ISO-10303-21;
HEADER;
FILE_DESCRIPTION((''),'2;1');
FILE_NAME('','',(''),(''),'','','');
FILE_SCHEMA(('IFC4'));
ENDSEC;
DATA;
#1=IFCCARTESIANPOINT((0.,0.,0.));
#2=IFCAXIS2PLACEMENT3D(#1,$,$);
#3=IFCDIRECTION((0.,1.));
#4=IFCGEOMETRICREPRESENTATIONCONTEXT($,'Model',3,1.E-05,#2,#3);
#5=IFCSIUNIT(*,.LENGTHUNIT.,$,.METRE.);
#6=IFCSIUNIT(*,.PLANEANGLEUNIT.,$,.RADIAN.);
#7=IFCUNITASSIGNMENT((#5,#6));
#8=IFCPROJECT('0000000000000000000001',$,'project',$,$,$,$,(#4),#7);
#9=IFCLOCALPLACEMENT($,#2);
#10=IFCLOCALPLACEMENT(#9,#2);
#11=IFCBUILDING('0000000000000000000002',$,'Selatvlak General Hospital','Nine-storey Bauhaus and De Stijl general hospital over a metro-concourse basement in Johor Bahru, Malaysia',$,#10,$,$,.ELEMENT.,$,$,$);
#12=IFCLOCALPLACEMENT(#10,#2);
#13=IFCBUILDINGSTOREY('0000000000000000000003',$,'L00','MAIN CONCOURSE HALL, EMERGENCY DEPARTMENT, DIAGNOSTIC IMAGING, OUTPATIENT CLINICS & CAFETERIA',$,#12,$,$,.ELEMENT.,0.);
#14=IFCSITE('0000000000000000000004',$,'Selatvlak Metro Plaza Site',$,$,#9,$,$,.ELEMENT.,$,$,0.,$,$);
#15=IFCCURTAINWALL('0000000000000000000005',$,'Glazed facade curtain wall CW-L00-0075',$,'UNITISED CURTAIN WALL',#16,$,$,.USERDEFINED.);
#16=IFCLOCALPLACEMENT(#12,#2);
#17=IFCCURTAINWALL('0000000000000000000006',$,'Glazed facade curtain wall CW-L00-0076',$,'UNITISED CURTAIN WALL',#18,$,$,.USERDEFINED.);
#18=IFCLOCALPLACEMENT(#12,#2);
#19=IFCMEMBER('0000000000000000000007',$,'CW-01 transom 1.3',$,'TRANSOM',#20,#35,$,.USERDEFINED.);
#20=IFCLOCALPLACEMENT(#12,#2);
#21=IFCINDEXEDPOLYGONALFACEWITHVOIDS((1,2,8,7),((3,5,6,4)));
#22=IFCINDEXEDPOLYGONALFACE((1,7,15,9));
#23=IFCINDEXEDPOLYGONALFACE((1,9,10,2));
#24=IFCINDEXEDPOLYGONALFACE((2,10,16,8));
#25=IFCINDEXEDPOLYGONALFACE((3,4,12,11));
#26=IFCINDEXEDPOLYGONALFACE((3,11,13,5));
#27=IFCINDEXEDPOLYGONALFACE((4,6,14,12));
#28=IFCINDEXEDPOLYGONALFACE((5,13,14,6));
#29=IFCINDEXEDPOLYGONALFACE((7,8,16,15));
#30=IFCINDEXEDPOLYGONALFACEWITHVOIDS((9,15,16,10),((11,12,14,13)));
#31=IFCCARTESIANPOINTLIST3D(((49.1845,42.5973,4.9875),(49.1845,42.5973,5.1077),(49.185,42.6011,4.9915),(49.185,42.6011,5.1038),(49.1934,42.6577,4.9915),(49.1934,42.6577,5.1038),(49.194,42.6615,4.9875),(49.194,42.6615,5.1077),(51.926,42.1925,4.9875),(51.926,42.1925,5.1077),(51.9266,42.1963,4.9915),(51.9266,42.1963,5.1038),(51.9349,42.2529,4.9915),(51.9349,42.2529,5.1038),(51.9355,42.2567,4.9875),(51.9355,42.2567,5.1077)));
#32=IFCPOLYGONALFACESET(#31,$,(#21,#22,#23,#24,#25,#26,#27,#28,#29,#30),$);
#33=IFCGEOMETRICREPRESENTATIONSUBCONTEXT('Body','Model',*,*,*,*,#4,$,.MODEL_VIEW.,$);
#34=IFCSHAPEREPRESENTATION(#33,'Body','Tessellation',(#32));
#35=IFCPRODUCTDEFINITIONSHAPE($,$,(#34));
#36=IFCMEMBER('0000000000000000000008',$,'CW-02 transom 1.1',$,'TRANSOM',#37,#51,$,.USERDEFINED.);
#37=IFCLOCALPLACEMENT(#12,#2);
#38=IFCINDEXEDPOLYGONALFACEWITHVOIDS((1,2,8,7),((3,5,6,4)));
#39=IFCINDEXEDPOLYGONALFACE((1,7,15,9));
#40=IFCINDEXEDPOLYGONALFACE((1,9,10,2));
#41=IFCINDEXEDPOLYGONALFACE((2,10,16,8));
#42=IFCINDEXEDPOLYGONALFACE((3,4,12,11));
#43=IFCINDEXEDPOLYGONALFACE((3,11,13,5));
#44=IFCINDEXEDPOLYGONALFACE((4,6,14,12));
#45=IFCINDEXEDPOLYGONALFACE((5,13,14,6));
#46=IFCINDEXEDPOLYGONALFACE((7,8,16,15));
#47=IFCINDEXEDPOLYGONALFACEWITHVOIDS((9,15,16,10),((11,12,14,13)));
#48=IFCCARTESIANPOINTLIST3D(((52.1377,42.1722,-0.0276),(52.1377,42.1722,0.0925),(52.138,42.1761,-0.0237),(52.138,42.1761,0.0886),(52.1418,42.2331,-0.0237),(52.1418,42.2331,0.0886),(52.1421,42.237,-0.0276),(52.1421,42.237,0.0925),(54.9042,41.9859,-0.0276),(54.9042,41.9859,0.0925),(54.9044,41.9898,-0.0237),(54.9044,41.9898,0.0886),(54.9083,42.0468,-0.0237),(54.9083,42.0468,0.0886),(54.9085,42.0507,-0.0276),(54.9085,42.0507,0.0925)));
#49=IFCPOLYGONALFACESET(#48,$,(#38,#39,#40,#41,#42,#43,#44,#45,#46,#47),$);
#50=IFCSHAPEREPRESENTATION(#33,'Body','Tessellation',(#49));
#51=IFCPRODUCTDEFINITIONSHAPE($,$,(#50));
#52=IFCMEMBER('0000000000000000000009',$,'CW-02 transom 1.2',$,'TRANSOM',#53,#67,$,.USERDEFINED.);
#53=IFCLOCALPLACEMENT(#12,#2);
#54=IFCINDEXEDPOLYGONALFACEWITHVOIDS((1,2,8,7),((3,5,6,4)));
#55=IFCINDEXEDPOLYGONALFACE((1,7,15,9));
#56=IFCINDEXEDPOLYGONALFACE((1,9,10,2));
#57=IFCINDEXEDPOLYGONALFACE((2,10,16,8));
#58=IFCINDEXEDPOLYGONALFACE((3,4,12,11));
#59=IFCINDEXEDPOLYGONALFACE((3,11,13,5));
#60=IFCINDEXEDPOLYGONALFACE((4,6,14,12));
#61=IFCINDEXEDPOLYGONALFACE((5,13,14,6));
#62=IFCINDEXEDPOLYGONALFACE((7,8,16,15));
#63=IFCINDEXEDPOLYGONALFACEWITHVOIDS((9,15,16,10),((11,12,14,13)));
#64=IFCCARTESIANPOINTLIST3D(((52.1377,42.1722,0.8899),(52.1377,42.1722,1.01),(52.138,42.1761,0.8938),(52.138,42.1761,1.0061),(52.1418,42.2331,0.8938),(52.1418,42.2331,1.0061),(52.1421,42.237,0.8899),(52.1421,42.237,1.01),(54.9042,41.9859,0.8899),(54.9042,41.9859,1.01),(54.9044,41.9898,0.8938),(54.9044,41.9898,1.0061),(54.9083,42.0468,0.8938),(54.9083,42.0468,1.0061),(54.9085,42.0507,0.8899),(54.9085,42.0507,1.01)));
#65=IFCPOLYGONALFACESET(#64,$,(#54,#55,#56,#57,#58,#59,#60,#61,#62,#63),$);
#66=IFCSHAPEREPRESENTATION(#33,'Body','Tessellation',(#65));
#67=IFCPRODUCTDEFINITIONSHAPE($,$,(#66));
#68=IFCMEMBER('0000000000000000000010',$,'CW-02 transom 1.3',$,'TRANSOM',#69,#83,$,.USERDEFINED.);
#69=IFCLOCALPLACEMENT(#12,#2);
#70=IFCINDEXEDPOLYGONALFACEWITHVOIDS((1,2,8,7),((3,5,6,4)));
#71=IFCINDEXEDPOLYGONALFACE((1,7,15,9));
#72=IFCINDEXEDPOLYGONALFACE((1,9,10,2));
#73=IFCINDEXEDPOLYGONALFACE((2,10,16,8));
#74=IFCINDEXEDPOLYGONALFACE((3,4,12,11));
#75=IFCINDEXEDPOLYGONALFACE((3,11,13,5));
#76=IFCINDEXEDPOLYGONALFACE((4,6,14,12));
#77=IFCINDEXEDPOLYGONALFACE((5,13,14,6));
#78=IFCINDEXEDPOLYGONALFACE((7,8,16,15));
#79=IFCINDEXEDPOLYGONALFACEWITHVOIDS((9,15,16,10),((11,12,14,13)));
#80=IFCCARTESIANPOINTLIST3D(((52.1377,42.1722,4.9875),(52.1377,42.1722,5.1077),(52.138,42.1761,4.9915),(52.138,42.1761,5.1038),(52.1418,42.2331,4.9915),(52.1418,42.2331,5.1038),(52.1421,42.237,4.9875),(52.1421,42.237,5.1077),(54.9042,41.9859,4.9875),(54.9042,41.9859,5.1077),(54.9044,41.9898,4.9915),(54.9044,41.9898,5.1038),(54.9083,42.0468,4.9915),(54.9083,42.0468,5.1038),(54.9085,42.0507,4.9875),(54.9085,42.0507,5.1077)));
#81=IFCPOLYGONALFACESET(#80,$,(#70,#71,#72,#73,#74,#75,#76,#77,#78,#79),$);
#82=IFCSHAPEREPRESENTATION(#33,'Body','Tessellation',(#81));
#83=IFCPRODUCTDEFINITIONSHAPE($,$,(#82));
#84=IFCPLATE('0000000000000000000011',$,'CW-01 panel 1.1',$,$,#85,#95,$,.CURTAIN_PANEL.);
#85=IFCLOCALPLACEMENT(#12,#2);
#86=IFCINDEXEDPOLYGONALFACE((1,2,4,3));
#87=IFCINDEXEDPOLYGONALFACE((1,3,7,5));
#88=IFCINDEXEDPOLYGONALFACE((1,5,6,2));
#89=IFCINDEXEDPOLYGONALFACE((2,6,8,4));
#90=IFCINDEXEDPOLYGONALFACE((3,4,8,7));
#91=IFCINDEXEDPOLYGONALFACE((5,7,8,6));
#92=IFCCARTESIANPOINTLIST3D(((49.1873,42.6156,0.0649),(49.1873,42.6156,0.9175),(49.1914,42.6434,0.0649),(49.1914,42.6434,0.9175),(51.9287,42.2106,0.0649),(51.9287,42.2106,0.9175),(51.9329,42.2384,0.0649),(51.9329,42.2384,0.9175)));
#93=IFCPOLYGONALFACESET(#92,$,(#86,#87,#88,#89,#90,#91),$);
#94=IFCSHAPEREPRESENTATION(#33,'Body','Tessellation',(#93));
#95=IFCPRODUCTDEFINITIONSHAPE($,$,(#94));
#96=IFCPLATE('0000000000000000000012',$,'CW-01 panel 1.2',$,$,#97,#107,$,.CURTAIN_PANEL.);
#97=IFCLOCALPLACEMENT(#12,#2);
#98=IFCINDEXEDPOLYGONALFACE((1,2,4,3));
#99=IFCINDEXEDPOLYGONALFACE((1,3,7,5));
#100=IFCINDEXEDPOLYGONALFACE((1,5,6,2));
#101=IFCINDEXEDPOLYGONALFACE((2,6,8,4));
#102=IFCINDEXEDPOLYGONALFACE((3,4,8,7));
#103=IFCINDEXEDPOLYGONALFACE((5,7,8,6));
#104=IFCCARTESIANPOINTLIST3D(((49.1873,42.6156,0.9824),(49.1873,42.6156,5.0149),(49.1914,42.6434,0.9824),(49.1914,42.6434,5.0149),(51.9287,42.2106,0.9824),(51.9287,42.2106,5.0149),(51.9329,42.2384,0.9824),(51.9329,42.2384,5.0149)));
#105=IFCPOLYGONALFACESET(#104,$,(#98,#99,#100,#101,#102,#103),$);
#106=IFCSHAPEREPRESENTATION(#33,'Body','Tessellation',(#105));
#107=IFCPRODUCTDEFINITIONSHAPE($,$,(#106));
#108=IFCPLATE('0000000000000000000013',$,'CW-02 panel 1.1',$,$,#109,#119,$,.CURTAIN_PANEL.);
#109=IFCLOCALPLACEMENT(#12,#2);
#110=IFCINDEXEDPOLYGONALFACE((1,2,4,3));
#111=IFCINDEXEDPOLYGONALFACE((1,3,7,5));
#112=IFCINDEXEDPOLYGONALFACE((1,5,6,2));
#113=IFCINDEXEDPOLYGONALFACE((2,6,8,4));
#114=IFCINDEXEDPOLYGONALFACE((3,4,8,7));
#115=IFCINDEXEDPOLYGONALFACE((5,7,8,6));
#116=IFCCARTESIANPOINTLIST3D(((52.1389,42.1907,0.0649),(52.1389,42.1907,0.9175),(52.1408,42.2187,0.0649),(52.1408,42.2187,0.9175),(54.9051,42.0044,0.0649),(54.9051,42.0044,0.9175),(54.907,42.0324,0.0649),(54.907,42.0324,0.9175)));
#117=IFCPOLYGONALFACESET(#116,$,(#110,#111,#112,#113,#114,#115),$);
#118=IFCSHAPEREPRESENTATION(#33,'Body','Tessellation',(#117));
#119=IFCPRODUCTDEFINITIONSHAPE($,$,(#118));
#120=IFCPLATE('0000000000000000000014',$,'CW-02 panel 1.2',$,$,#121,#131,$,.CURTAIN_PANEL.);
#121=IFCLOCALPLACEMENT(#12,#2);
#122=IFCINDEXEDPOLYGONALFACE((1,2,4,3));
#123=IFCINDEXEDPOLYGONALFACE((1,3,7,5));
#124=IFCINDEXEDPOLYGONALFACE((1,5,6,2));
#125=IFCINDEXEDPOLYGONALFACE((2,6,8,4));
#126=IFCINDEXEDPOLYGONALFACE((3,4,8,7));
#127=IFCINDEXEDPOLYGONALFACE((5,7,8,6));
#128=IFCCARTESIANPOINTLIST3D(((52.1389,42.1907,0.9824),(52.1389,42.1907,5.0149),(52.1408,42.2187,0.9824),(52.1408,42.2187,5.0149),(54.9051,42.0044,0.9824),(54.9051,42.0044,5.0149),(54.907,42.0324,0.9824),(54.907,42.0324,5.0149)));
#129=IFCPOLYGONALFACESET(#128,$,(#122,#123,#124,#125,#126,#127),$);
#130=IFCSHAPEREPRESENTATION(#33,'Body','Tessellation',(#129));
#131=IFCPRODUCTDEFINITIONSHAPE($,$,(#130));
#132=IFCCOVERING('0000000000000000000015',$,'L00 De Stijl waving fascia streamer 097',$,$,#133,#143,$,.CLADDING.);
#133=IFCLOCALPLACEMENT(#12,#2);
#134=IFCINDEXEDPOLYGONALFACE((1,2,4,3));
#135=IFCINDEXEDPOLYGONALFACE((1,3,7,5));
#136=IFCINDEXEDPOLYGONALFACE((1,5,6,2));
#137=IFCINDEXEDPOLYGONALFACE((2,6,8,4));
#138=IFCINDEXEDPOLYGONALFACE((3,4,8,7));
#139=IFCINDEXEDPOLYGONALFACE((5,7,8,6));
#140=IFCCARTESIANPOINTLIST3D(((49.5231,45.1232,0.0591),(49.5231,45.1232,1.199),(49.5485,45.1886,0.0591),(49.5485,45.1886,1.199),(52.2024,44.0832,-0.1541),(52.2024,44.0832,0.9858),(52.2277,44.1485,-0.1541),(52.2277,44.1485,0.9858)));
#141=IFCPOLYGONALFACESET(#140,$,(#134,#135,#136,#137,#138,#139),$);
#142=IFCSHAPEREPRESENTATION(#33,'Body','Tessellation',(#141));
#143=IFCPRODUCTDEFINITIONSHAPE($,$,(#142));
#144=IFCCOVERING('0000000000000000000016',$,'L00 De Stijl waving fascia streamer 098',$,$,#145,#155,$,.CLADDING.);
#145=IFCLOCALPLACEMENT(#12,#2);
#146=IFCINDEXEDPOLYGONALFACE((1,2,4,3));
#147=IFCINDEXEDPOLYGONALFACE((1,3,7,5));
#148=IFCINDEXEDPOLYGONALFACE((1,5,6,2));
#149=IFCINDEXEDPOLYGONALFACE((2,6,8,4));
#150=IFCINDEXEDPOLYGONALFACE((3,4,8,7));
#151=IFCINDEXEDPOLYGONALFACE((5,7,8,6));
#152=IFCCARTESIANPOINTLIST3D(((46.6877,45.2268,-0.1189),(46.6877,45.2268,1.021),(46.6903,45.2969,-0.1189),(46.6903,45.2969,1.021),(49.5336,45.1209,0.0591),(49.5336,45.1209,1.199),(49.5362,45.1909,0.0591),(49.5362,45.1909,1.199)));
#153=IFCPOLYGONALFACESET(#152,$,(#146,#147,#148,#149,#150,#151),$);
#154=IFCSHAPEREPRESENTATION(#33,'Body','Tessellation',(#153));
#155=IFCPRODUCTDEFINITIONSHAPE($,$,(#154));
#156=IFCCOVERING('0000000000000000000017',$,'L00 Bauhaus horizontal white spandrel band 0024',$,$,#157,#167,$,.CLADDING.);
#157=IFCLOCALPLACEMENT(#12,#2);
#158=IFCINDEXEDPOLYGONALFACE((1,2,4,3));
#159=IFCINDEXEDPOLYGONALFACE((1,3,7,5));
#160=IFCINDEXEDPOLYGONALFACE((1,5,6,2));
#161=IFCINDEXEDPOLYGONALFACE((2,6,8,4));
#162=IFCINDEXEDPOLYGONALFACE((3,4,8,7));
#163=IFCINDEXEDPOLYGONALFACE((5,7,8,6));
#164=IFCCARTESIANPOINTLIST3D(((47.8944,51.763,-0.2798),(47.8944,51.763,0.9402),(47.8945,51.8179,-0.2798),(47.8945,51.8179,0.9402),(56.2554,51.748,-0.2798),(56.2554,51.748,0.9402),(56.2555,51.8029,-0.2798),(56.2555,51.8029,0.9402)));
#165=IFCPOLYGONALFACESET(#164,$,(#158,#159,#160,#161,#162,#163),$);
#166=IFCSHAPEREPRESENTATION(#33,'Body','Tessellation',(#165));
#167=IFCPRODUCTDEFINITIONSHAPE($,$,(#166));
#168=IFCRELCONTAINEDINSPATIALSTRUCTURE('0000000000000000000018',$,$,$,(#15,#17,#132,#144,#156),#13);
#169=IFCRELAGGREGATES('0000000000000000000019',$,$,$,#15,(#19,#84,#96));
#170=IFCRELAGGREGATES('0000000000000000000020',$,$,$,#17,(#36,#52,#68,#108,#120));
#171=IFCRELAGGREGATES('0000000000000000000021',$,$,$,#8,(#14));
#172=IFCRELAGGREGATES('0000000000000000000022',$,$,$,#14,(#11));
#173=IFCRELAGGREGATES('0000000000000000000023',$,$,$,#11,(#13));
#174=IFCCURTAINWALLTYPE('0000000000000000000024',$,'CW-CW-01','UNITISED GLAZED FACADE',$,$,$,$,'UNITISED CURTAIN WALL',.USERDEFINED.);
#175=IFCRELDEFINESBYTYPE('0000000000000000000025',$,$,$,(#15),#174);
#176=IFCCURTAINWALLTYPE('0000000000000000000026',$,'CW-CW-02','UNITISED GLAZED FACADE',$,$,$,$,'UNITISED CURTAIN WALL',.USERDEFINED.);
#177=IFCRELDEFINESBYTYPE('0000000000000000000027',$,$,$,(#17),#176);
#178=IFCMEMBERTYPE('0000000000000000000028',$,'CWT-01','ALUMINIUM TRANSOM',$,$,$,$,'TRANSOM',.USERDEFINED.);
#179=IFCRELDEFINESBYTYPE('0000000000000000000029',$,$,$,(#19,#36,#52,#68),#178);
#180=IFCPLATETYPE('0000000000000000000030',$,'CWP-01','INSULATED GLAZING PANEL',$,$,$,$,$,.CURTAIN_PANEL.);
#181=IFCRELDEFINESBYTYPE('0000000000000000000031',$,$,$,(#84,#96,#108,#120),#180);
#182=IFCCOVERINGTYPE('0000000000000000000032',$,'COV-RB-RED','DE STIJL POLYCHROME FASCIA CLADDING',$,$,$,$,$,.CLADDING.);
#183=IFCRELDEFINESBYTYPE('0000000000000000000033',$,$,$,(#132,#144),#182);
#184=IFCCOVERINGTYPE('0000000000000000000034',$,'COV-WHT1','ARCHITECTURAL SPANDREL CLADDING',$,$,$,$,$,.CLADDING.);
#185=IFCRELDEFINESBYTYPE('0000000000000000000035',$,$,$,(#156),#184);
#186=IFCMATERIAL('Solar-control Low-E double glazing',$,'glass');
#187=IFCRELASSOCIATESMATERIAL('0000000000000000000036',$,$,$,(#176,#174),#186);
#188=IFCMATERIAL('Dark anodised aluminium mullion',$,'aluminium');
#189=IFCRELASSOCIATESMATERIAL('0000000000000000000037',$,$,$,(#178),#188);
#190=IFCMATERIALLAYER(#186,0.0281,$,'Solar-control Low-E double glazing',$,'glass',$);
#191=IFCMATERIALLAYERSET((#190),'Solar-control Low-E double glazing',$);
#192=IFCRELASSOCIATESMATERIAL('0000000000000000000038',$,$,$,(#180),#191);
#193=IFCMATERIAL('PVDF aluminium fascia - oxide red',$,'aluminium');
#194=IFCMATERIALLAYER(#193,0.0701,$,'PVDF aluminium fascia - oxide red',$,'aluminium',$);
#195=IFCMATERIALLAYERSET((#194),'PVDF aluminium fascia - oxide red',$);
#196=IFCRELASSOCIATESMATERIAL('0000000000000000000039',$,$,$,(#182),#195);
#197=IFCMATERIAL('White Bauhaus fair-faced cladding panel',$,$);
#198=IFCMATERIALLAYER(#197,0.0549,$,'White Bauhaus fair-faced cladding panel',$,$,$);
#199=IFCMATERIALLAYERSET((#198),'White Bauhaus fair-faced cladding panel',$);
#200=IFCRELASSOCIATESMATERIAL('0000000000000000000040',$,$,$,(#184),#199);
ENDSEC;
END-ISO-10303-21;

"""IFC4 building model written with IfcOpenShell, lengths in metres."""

from ifc_helpers import new_model, si_unit, direction, frame, origin, origin_2d, place, context, subcontext, project, spatial, polyline, rectangle, hollow_rectangle, outline, extrude, material, layer, layer_set, material_profile, profile_set, type_object, element, aggregate, save


model = new_model("IFC4")

# Units and contexts
model_context = context("Model", 3, precision=1e-05, world=origin(), true_north=direction((0.0, 1.0)))
body_context = subcontext(model_context, "Body", "Model", "MODEL_VIEW")
ifc_project = project(units=[si_unit("LENGTHUNIT", "METRE"), si_unit("PLANEANGLEUNIT", "RADIAN")], contexts=[model_context])

# Site, building, storey
site_placement = place(None, origin())
site = spatial("IfcSite", under=ifc_project, at=site_placement, Name="Selatvlak Metro Plaza Site", CompositionType="ELEMENT", RefElevation=0.0)
building_placement = place(site_placement, origin())
building = spatial("IfcBuilding", under=site, at=building_placement, Name="Selatvlak General Hospital", Description="Nine-storey Bauhaus and De Stijl general hospital over a metro-concourse basement in Johor Bahru, Malaysia", CompositionType="ELEMENT")
storey_placement = place(building_placement, origin())
storey = spatial("IfcBuildingStorey", under=building, at=storey_placement, Name="L00", Description="MAIN CONCOURSE HALL, EMERGENCY DEPARTMENT, DIAGNOSTIC IMAGING, OUTPATIENT CLINICS & CAFETERIA", CompositionType="ELEMENT", Elevation=0.0)

# Shared definitions
ifc_material_1 = material(Name="Solar-control Low-E double glazing", Category="glass")
curtain_wall_type_1 = type_object("IfcCurtainWallType", Name="CW-CW-02", Description="UNITISED GLAZED FACADE", ElementType="UNITISED CURTAIN WALL", PredefinedType="USERDEFINED", material=ifc_material_1)
ifc_material_2 = material(Name="Dark anodised aluminium mullion", Category="aluminium")

# Curtain wall
curtain_wall_type_2 = type_object("IfcCurtainWallType", Name="CW-CW-01", Description="UNITISED GLAZED FACADE", ElementType="UNITISED CURTAIN WALL", PredefinedType="USERDEFINED", material=ifc_material_1)
curtain_wall_1_placement = place(storey_placement, origin())
curtain_wall_1 = element("IfcCurtainWall", 1, at=curtain_wall_1_placement, inside=storey, type_object=curtain_wall_type_2, Name="Glazed facade curtain wall CW-L00-0075", ObjectType="UNITISED CURTAIN WALL", PredefinedType="USERDEFINED")

# Curtain wall
curtain_wall_2_placement = place(storey_placement, origin())
curtain_wall_2 = element("IfcCurtainWall", 2, at=curtain_wall_2_placement, inside=storey, type_object=curtain_wall_type_1, Name="Glazed facade curtain wall CW-L00-0076", ObjectType="UNITISED CURTAIN WALL", PredefinedType="USERDEFINED")

# Members
ifc_material_profile_1 = material_profile(ifc_material_2, hollow_rectangle(XDim=0.0649, YDim=0.1201, WallThickness=0.0039, at=origin_2d()), Name="AL-TRN 65x120x4")
ifc_profile_set_1 = profile_set([ifc_material_profile_1], Name="Dark anodised aluminium mullion")
member_type_1 = type_object("IfcMemberType", Name="CWT-01", Description="ALUMINIUM TRANSOM", ElementType="TRANSOM", PredefinedType="USERDEFINED", material=ifc_profile_set_1)
member_1_placement = place(storey_placement, frame((49.1892, 42.6294, 5.0476), z_axis=(0.989274, -0.14607, 0.0), x_axis=(0.14607, 0.989274, 0.0)))
member_1 = element("IfcMember", 3, at=member_1_placement, type_object=member_type_1, Name="CW-01 transom 1.3", ObjectType="TRANSOM", PredefinedType="USERDEFINED", context=body_context, shape_type="SweptSolid", body=[
    extrude(hollow_rectangle(XDim=0.0649, YDim=0.1201, WallThickness=0.0039, at=origin_2d()), origin(), (0.0, 0.0, 1.0), 2.7712),
])
member_2_placement = place(storey_placement, frame((52.1399, 42.2046, 0.0325), z_axis=(0.997741, -0.067185, 0.0), x_axis=(0.067185, 0.997741, 0.0)))
member_2 = element("IfcMember", 4, at=member_2_placement, type_object=member_type_1, Name="CW-02 transom 1.1", ObjectType="TRANSOM", PredefinedType="USERDEFINED", context=body_context, shape_type="SweptSolid", body=[
    extrude(hollow_rectangle(XDim=0.0649, YDim=0.1201, WallThickness=0.0039, at=origin_2d()), origin(), (0.0, 0.0, 1.0), 2.7727),
])
member_3_placement = place(storey_placement, frame((52.1399, 42.2046, 0.95), z_axis=(0.997741, -0.067185, 0.0), x_axis=(0.067185, 0.997741, 0.0)))
member_3 = element("IfcMember", 5, at=member_3_placement, type_object=member_type_1, Name="CW-02 transom 1.2", ObjectType="TRANSOM", PredefinedType="USERDEFINED", context=body_context, shape_type="SweptSolid", body=[
    extrude(hollow_rectangle(XDim=0.0649, YDim=0.1201, WallThickness=0.0039, at=origin_2d()), origin(), (0.0, 0.0, 1.0), 2.7727),
])
member_4_placement = place(storey_placement, frame((52.1399, 42.2046, 5.0476), z_axis=(0.997741, -0.067185, 0.0), x_axis=(0.067185, 0.997741, 0.0)))
member_4 = element("IfcMember", 6, at=member_4_placement, type_object=member_type_1, Name="CW-02 transom 1.3", ObjectType="TRANSOM", PredefinedType="USERDEFINED", context=body_context, shape_type="SweptSolid", body=[
    extrude(hollow_rectangle(XDim=0.0649, YDim=0.1201, WallThickness=0.0039, at=origin_2d()), origin(), (0.0, 0.0, 1.0), 2.7727),
])

# Plates
ifc_layer_1 = layer(ifc_material_1, 0.0281, Name="Solar-control Low-E double glazing", Category="glass")
ifc_layer_set_1 = layer_set([ifc_layer_1], Name="Solar-control Low-E double glazing")
plate_type = type_object("IfcPlateType", Name="CWP-01", Description="INSULATED GLAZING PANEL", PredefinedType="CURTAIN_PANEL", material=ifc_layer_set_1)
plate_1_placement = place(storey_placement, frame((50.5601, 42.427, 0.0649), z_axis=(0.0, 0.0, 1.0), x_axis=(0.989263, -0.146149, 0.0)))
plate_1 = element("IfcPlate", 7, at=plate_1_placement, type_object=plate_type, Name="CW-01 panel 1.1", PredefinedType="CURTAIN_PANEL", context=body_context, shape_type="SweptSolid", body=[
    extrude(rectangle(XDim=2.7712, YDim=0.0281, at=origin_2d()), origin(), (0.0, 0.0, 1.0), 0.8525),
])
plate_2_placement = place(storey_placement, frame((50.5601, 42.427, 0.9824), z_axis=(0.0, 0.0, 1.0), x_axis=(0.989263, -0.146149, 0.0)))
plate_2 = element("IfcPlate", 8, at=plate_2_placement, type_object=plate_type, Name="CW-01 panel 1.2", PredefinedType="CURTAIN_PANEL", context=body_context, shape_type="SweptSolid", body=[
    extrude(rectangle(XDim=2.7712, YDim=0.0281, at=origin_2d()), origin(), (0.0, 0.0, 1.0), 4.0325),
])
aggregate(curtain_wall_1, [member_1, plate_1, plate_2])
plate_3_placement = place(storey_placement, frame((53.5229, 42.1116, 0.0649), z_axis=(0.0, 0.0, 1.0), x_axis=(0.997741, -0.067182, 0.0)))
plate_3 = element("IfcPlate", 9, at=plate_3_placement, type_object=plate_type, Name="CW-02 panel 1.1", PredefinedType="CURTAIN_PANEL", context=body_context, shape_type="SweptSolid", body=[
    extrude(rectangle(XDim=2.7725, YDim=0.0281, at=origin_2d()), origin(), (0.0, 0.0, 1.0), 0.8525),
])
plate_4_placement = place(storey_placement, frame((53.5229, 42.1116, 0.9824), z_axis=(0.0, 0.0, 1.0), x_axis=(0.997741, -0.067182, 0.0)))
plate_4 = element("IfcPlate", 10, at=plate_4_placement, type_object=plate_type, Name="CW-02 panel 1.2", PredefinedType="CURTAIN_PANEL", context=body_context, shape_type="SweptSolid", body=[
    extrude(rectangle(XDim=2.7725, YDim=0.0281, at=origin_2d()), origin(), (0.0, 0.0, 1.0), 4.0325),
])
aggregate(curtain_wall_2, [member_2, member_3, member_4, plate_3, plate_4])

# Coverings
ifc_material_3 = material(Name="PVDF aluminium fascia - oxide red", Category="aluminium")
ifc_layer_2 = layer(ifc_material_3, 0.0701, Name="PVDF aluminium fascia - oxide red", Category="aluminium")
ifc_layer_set_2 = layer_set([ifc_layer_2], Name="PVDF aluminium fascia - oxide red")
covering_type_1 = type_object("IfcCoveringType", Name="COV-RB-RED", Description="DE STIJL POLYCHROME FASCIA CLADDING", PredefinedType="CLADDING", material=ifc_layer_set_2)
covering_1_placement = place(storey_placement, frame((52.2151, 44.116, -0.1541), z_axis=(0.0, 0.0, 1.0), x_axis=(-0.932225, 0.36188, 0.0)))
element("IfcCovering", 11, at=covering_1_placement, inside=storey, type_object=covering_type_1, Name="L00 De Stijl waving fascia streamer 097", PredefinedType="CLADDING", context=body_context, shape_type="SweptSolid", body=[
    extrude(outline(polyline([(0.0, 0.0), (2.874, 0.2131), (2.874, 1.353), (0.0, 1.1399), (0.0, 0.0)])), frame((0.0, 0.0352, 0.0), z_axis=(0.0, -1.0, 0.0), x_axis=(1.0, 0.0, 0.0)), (0.0, 0.0, 1.0), 0.0701),
])
covering_2_placement = place(storey_placement, frame((49.5349, 45.156, 0.0591), z_axis=(0.0, 0.0, 1.0), x_axis=(-0.999308, 0.037205, 0.0)))
element("IfcCovering", 12, at=covering_2_placement, inside=storey, type_object=covering_type_1, Name="L00 De Stijl waving fascia streamer 098", PredefinedType="CLADDING", context=body_context, shape_type="SweptSolid", body=[
    extrude(outline(polyline([(0.0, 0.0), (2.8479, -0.178), (2.8479, 0.9619), (0.0, 1.1399), (0.0, 0.0)])), frame((0.0, 0.0352, 0.0), z_axis=(0.0, -1.0, 0.0), x_axis=(1.0, 0.0, 0.0)), (0.0, 0.0, 1.0), 0.0701),
])
ifc_material_4 = material(Name="White Bauhaus fair-faced cladding panel")
ifc_layer_3 = layer(ifc_material_4, 0.0549, Name="White Bauhaus fair-faced cladding panel")
ifc_layer_set_3 = layer_set([ifc_layer_3], Name="White Bauhaus fair-faced cladding panel")
covering_type_2 = type_object("IfcCoveringType", Name="COV-WHT1", Description="ARCHITECTURAL SPANDREL CLADDING", PredefinedType="CLADDING", material=ifc_layer_set_3)
covering_3_placement = place(storey_placement, frame((52.075, 51.783, -0.2798), z_axis=(0.0, 0.0, 1.0), x_axis=(-0.999998, 0.001798, 0.0)))
element("IfcCovering", 13, at=covering_3_placement, inside=storey, type_object=covering_type_2, Name="L00 Bauhaus horizontal white spandrel band 0024", PredefinedType="CLADDING", context=body_context, shape_type="SweptSolid", body=[
    extrude(rectangle(XDim=8.3611, YDim=0.0549, at=origin_2d()), origin(), (0.0, 0.0, 1.0), 1.22),
])

save(model, "model.ifc")
